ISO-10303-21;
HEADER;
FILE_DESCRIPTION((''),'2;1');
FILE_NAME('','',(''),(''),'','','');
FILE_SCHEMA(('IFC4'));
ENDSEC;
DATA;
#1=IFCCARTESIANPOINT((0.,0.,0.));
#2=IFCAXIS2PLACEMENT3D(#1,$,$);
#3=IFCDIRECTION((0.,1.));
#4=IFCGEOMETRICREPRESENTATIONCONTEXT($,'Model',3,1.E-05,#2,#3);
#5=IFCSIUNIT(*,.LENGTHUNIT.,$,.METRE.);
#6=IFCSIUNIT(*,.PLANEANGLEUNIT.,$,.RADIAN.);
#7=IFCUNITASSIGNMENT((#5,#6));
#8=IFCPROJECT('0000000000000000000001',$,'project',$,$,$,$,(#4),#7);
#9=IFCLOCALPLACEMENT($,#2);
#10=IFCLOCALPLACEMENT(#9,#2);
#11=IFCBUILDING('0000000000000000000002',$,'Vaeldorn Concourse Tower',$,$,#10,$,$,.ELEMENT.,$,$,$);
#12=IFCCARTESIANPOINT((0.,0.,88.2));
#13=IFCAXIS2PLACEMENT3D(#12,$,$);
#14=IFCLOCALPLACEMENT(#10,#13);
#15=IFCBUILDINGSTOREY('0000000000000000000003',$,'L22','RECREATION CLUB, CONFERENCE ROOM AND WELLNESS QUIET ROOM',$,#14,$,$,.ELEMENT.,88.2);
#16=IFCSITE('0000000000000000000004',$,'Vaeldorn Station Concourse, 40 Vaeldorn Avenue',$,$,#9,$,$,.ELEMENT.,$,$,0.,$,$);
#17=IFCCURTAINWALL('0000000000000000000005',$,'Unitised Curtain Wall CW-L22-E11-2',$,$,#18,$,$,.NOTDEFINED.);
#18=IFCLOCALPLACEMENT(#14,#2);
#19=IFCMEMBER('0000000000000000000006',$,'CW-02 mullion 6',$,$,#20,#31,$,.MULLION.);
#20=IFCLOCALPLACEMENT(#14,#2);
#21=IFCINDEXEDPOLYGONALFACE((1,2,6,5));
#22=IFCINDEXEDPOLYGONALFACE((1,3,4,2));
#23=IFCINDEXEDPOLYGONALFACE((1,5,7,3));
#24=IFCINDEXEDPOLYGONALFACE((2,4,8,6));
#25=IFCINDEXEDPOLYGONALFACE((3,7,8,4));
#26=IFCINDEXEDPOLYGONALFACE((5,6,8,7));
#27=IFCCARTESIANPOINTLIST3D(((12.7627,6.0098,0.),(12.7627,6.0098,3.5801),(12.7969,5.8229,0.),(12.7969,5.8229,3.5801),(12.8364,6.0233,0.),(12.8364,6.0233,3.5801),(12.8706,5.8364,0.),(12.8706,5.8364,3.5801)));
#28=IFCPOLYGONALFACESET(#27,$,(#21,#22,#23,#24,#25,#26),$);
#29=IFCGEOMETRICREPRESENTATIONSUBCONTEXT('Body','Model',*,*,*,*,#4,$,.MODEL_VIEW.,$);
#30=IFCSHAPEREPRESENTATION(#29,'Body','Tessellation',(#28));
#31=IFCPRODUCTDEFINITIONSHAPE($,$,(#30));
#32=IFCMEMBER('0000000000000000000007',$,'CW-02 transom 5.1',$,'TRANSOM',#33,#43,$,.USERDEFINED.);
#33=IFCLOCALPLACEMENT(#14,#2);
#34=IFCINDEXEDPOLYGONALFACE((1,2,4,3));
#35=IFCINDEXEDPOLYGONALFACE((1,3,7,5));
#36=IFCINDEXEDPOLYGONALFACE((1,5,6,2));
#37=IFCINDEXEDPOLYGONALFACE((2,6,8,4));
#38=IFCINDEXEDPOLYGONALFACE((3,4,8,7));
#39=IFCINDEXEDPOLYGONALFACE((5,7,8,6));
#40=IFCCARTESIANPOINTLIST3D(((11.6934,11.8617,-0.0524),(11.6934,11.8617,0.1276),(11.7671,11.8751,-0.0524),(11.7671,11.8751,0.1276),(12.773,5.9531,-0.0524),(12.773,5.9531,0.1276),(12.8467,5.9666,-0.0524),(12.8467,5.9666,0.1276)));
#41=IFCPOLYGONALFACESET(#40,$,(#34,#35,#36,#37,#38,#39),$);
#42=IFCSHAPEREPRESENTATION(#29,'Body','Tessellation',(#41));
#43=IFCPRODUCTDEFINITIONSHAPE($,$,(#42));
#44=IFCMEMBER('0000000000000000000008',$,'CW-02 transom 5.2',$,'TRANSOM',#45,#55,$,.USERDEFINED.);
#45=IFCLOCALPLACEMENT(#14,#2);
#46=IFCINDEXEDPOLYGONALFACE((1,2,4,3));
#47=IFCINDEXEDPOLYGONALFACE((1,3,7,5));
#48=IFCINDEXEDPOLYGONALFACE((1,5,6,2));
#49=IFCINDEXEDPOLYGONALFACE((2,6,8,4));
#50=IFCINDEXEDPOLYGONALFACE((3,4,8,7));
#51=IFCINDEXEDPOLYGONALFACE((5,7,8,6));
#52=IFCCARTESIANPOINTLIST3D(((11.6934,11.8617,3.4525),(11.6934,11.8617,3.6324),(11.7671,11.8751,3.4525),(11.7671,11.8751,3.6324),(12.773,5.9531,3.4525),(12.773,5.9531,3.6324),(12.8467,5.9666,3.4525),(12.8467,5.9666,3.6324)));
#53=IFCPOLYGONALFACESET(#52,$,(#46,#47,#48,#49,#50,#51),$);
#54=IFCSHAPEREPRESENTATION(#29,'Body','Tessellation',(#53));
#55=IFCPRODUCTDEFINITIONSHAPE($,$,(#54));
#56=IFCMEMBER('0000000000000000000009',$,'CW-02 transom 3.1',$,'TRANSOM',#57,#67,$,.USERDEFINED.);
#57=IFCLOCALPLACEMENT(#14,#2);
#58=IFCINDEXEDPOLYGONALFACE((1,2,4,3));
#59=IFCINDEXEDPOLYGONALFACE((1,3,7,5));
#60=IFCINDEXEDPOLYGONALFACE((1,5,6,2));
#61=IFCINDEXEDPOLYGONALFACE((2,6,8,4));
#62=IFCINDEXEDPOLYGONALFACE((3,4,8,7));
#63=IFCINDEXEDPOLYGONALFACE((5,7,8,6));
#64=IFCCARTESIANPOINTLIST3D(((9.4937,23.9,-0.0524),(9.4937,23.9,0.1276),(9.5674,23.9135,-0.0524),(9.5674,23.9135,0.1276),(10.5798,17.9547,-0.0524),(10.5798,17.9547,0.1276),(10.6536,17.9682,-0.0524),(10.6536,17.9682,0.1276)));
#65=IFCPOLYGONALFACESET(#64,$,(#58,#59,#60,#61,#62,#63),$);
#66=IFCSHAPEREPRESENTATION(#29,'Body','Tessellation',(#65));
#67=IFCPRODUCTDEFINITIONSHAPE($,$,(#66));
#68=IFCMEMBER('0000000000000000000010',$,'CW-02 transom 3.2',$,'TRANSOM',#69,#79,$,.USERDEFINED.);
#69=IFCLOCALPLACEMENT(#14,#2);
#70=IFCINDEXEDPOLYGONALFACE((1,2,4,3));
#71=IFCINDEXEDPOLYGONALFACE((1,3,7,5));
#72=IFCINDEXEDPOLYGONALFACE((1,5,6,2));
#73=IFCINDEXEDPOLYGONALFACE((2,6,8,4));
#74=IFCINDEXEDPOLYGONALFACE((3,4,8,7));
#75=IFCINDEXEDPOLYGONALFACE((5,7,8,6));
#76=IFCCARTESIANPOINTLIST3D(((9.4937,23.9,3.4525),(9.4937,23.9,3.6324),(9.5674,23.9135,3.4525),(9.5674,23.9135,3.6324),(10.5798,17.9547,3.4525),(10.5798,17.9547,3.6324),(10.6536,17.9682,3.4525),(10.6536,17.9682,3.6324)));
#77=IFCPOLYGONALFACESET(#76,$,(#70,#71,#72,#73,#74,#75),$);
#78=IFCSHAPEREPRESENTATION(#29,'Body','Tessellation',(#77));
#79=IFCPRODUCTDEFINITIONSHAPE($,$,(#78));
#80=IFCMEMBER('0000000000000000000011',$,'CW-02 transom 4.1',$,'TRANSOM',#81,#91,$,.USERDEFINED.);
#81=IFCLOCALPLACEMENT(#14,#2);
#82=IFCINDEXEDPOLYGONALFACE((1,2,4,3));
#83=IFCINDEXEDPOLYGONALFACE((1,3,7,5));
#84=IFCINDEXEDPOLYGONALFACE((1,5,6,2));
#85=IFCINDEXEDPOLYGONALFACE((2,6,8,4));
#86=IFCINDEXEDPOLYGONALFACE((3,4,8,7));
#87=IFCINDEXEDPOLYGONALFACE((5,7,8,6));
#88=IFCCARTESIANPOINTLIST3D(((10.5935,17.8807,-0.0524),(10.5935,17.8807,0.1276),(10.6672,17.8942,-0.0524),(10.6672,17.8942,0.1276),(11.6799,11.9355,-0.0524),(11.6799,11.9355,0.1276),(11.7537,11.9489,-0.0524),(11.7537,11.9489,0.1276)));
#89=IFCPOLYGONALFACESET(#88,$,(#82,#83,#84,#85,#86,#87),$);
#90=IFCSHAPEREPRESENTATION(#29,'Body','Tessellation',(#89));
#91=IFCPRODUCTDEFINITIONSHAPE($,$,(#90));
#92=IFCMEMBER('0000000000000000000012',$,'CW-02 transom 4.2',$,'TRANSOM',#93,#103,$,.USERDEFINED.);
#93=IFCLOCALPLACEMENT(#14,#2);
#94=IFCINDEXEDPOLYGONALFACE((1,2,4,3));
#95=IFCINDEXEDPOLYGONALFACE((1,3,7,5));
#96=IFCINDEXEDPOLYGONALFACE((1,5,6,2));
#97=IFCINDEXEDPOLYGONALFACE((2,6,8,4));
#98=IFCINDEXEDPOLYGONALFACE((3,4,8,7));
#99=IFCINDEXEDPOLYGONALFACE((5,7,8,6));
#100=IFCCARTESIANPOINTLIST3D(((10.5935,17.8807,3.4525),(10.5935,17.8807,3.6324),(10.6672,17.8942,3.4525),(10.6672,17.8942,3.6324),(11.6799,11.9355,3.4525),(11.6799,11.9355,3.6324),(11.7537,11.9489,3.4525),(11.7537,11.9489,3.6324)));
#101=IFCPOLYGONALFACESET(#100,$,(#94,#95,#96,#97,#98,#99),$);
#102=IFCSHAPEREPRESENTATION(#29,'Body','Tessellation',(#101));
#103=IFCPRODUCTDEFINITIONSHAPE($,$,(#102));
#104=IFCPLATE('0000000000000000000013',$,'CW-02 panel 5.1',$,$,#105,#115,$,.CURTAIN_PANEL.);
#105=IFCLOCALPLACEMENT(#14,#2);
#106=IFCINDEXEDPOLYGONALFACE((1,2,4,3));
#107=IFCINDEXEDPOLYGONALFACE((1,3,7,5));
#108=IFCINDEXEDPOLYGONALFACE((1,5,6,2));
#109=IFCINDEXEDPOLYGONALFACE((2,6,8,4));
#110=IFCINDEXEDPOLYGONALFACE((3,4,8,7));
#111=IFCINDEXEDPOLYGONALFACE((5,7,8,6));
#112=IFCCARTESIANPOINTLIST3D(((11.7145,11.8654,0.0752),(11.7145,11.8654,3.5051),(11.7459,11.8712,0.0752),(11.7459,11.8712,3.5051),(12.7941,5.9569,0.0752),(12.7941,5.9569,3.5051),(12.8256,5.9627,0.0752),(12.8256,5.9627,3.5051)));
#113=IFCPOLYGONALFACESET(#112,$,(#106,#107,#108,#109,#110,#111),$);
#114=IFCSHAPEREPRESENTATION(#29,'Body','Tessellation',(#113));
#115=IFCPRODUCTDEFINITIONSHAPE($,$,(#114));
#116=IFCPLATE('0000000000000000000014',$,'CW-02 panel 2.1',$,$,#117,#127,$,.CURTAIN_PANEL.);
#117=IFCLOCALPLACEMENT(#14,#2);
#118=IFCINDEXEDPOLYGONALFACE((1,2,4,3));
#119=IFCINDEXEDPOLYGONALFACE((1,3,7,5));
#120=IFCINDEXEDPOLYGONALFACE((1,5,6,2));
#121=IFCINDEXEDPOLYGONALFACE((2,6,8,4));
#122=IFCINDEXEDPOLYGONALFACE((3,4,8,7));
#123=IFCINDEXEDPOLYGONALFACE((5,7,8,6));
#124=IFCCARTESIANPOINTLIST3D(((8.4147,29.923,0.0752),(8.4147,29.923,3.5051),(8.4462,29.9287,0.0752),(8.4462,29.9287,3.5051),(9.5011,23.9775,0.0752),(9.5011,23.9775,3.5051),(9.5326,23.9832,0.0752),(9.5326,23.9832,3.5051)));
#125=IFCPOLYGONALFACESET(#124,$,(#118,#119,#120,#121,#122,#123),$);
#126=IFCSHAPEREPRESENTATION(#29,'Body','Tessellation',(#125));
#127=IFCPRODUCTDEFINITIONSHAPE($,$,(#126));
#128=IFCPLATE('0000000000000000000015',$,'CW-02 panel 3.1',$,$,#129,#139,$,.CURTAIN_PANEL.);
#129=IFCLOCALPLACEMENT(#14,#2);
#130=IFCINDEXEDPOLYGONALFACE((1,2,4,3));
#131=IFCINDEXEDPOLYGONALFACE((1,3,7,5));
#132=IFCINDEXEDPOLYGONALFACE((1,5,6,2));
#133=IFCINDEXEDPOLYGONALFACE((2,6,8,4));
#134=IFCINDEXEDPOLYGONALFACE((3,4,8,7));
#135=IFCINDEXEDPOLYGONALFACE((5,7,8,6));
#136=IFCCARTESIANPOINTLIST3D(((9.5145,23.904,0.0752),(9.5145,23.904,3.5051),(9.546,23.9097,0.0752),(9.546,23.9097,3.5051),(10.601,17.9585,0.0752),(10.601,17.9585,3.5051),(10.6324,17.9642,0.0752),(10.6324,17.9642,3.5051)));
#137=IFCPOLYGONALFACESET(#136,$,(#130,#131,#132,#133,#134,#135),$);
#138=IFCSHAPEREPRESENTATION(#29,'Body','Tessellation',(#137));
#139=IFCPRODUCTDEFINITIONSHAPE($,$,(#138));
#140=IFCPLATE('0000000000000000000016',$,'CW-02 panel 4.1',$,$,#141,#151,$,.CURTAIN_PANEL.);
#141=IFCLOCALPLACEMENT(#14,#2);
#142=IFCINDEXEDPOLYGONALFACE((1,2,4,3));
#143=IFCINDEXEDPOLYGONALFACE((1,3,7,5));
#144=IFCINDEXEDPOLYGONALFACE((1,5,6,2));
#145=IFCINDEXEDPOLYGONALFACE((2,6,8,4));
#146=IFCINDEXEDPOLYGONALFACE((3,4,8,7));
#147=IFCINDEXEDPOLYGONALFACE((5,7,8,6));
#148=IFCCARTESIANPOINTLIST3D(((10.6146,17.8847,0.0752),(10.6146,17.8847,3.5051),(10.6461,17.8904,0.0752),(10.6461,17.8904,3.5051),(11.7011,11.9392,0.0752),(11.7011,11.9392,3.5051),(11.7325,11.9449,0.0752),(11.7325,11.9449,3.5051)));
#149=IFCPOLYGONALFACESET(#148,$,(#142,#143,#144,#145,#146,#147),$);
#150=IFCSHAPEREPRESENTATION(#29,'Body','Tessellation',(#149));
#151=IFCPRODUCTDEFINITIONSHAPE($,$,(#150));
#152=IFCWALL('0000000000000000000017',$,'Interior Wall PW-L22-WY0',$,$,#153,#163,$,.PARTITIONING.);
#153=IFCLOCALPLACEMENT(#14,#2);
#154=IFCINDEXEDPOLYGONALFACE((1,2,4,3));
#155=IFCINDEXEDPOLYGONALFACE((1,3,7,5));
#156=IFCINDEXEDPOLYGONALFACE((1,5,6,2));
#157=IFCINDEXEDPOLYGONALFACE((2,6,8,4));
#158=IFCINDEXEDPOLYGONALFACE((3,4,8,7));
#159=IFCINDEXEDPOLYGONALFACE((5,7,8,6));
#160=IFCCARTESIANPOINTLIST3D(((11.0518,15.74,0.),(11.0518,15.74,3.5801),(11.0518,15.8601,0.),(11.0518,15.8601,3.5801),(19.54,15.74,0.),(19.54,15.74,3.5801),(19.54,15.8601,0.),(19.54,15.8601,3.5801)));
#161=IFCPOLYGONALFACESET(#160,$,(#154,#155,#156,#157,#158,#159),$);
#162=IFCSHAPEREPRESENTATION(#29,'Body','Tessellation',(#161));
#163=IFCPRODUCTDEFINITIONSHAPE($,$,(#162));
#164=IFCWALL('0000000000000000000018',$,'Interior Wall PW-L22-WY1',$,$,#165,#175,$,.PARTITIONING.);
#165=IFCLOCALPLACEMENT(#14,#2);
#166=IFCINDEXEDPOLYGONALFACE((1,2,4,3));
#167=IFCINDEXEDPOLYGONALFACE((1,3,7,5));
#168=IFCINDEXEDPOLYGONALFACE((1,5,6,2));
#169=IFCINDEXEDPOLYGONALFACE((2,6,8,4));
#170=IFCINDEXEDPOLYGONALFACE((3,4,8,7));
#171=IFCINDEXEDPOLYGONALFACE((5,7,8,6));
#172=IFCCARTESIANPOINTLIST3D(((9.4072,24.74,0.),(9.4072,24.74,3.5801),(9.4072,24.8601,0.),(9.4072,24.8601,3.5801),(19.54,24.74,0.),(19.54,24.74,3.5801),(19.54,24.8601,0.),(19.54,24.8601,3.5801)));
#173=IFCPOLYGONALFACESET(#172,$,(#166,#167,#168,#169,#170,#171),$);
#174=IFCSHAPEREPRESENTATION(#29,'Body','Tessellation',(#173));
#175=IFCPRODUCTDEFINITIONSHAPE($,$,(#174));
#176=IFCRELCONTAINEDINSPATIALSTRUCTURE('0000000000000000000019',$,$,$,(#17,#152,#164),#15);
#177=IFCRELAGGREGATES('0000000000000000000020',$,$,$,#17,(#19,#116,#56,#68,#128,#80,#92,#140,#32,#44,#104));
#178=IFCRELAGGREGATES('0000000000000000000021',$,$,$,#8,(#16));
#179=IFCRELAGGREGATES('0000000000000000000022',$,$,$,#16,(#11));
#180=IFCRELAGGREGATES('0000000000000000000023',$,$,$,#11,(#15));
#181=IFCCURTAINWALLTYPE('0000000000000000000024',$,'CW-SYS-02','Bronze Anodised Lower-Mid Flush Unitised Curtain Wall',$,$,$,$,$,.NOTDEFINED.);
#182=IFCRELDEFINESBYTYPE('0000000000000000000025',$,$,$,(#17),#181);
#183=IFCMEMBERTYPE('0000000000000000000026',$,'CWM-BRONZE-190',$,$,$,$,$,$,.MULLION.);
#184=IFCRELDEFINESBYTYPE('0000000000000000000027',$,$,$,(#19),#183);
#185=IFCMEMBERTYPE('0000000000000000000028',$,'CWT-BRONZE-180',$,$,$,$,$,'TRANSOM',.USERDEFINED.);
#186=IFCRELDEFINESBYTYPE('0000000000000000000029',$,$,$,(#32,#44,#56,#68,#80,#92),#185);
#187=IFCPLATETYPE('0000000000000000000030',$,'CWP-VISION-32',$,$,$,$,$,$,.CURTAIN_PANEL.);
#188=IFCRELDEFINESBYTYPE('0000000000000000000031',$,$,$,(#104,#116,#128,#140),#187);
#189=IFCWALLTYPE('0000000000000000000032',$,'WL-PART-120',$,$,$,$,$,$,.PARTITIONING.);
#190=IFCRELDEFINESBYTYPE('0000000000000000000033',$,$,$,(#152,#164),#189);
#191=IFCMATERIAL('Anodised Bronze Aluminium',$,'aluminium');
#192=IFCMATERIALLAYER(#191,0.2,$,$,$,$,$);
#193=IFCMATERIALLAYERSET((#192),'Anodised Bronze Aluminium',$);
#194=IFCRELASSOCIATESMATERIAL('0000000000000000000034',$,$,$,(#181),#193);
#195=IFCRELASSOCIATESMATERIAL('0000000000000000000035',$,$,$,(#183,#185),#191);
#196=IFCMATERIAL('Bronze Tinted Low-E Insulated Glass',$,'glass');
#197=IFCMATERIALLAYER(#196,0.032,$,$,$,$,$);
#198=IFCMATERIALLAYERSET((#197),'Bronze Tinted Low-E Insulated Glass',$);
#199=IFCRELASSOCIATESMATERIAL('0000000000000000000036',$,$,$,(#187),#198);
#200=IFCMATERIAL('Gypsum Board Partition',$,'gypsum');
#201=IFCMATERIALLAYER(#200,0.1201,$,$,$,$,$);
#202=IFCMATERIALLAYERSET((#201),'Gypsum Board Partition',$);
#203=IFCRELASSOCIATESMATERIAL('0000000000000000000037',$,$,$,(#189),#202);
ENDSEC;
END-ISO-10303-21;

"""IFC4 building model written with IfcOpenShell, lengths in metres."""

from ifc_helpers import new_model, si_unit, direction, frame, frame_2d, origin, origin_2d, place, context, subcontext, project, spatial, rectangle, extrude, source, transform, mapped, material, layer, layer_set, material_profile, profile_set, type_object, element, aggregate, save


model = new_model("IFC4")

# Units and contexts
model_context = context("Model", 3, precision=1e-05, world=origin(), true_north=direction((0.0, 1.0)))
body_context = subcontext(model_context, "Body", "Model", "MODEL_VIEW")
ifc_project = project(units=[si_unit("LENGTHUNIT", "METRE"), si_unit("PLANEANGLEUNIT", "RADIAN")], contexts=[model_context])

# Site, building, storey
site_placement = place(None, origin())
site = spatial("IfcSite", under=ifc_project, at=site_placement, Name="Vaeldorn Station Concourse, 40 Vaeldorn Avenue", CompositionType="ELEMENT", RefElevation=0.0)
building_placement = place(site_placement, origin())
building = spatial("IfcBuilding", under=site, at=building_placement, Name="Vaeldorn Concourse Tower", CompositionType="ELEMENT")
storey_placement = place(building_placement, frame((0.0, 0.0, 88.2)))
storey = spatial("IfcBuildingStorey", under=building, at=storey_placement, Name="L22", Description="RECREATION CLUB, CONFERENCE ROOM AND WELLNESS QUIET ROOM", CompositionType="ELEMENT", Elevation=88.2)

# Curtain wall, members, plates
ifc_material_1 = material(Name="Anodised Bronze Aluminium", Category="aluminium")
ifc_layer_1 = layer(ifc_material_1, 0.2)
ifc_layer_set_1 = layer_set([ifc_layer_1], Name="Anodised Bronze Aluminium")
curtain_wall_type = type_object("IfcCurtainWallType", Name="CW-SYS-02", Description="Bronze Anodised Lower-Mid Flush Unitised Curtain Wall", PredefinedType="NOTDEFINED", material=ifc_layer_set_1)
curtain_wall_placement = place(storey_placement, origin())
curtain_wall = element("IfcCurtainWall", 1, at=curtain_wall_placement, inside=storey, type_object=curtain_wall_type, Name="Unitised Curtain Wall CW-L22-E11-2", PredefinedType="NOTDEFINED")
ifc_material_profile_1 = material_profile(ifc_material_1, rectangle(XDim=0.075, YDim=0.1899, at=origin_2d()), Name="CWM 75x190")
ifc_profile_set_1 = profile_set([ifc_material_profile_1], Name="Anodised Bronze Aluminium")
member_type_1 = type_object("IfcMemberType", Name="CWM-BRONZE-190", PredefinedType="MULLION", material=ifc_profile_set_1)
shared_shape_1 = source(origin(), body_context, "Body", "SweptSolid", [
    extrude(rectangle(XDim=0.075, YDim=0.1899, at=origin_2d()), origin(), (0.0, 0.0, 1.0), 3.5801),
])
member_1_placement = place(storey_placement, frame((12.8167, 5.9231, 0.0), z_axis=(0.0, 0.0, 1.0), x_axis=(0.983712, 0.179753, 0.0)))
member_1 = element("IfcMember", 2, at=member_1_placement, type_object=member_type_1, Name="CW-02 mullion 6", PredefinedType="MULLION", context=body_context, shape_type="MappedRepresentation", body=[
    mapped(shared_shape_1, transform((0.0, 0.0, 0.0), scale=1.0)),
])
ifc_material_profile_2 = material_profile(ifc_material_1, rectangle(XDim=0.075, YDim=0.1799, at=origin_2d()), Name="CWT 75x180")
ifc_profile_set_2 = profile_set([ifc_material_profile_2], Name="Anodised Bronze Aluminium")
member_type_2 = type_object("IfcMemberType", Name="CWT-BRONZE-180", ElementType="TRANSOM", PredefinedType="USERDEFINED", material=ifc_profile_set_2)
shared_shape_2 = source(origin(), body_context, "Body", "SweptSolid", [
    extrude(rectangle(XDim=0.075, YDim=0.1799, at=origin_2d()), origin(), (0.0, 0.0, 1.0), 6.0063),
])
member_2_placement = place(storey_placement, frame((11.7302, 11.8684, 0.0376), z_axis=(0.179744, -0.983713, 0.0), x_axis=(0.983713, 0.179744, 0.0)))
member_2 = element("IfcMember", 3, at=member_2_placement, type_object=member_type_2, Name="CW-02 transom 5.1", ObjectType="TRANSOM", PredefinedType="USERDEFINED", context=body_context, shape_type="MappedRepresentation", body=[
    mapped(shared_shape_2, transform((0.0, 0.0, 0.0), scale=1.0)),
])
member_3_placement = place(storey_placement, frame((11.7302, 11.8684, 3.5425), z_axis=(0.179744, -0.983713, 0.0), x_axis=(0.983713, 0.179744, 0.0)))
member_3 = element("IfcMember", 4, at=member_3_placement, type_object=member_type_2, Name="CW-02 transom 5.2", ObjectType="TRANSOM", PredefinedType="USERDEFINED", context=body_context, shape_type="MappedRepresentation", body=[
    mapped(shared_shape_2, transform((0.0, 0.0, 0.0), scale=1.0)),
])
shared_shape_3 = source(origin(), body_context, "Body", "SweptSolid", [
    extrude(rectangle(XDim=0.075, YDim=0.1799, at=origin_2d()), origin(), (0.0, 0.0, 1.0), 6.0437),
])
member_4_placement = place(storey_placement, frame((9.5305, 23.9067, 0.0376), z_axis=(0.179721, -0.983718, 0.0), x_axis=(0.983718, 0.179721, 0.0)))
member_4 = element("IfcMember", 5, at=member_4_placement, type_object=member_type_2, Name="CW-02 transom 3.1", ObjectType="TRANSOM", PredefinedType="USERDEFINED", context=body_context, shape_type="MappedRepresentation", body=[
    mapped(shared_shape_3, transform((0.0, 0.0, 0.0), scale=1.0)),
])
member_5_placement = place(storey_placement, frame((9.5305, 23.9067, 3.5425), z_axis=(0.179721, -0.983718, 0.0), x_axis=(0.983718, 0.179721, 0.0)))
member_5 = element("IfcMember", 6, at=member_5_placement, type_object=member_type_2, Name="CW-02 transom 3.2", ObjectType="TRANSOM", PredefinedType="USERDEFINED", context=body_context, shape_type="MappedRepresentation", body=[
    mapped(shared_shape_3, transform((0.0, 0.0, 0.0), scale=1.0)),
])
member_6_placement = place(storey_placement, frame((10.6304, 17.8875, 0.0376), z_axis=(0.17976, -0.983711, 0.0), x_axis=(0.983711, 0.17976, 0.0)))
member_6 = element("IfcMember", 7, at=member_6_placement, type_object=member_type_2, Name="CW-02 transom 4.1", ObjectType="TRANSOM", PredefinedType="USERDEFINED", context=body_context, shape_type="MappedRepresentation", body=[
    mapped(shared_shape_3, transform((0.0, 0.0, 0.0), scale=1.0)),
])
member_7_placement = place(storey_placement, frame((10.6304, 17.8875, 3.5425), z_axis=(0.17976, -0.983711, 0.0), x_axis=(0.983711, 0.17976, 0.0)))
member_7 = element("IfcMember", 8, at=member_7_placement, type_object=member_type_2, Name="CW-02 transom 4.2", ObjectType="TRANSOM", PredefinedType="USERDEFINED", context=body_context, shape_type="MappedRepresentation", body=[
    mapped(shared_shape_3, transform((0.0, 0.0, 0.0), scale=1.0)),
])
ifc_material_2 = material(Name="Bronze Tinted Low-E Insulated Glass", Category="glass")
ifc_layer_2 = layer(ifc_material_2, 0.032)
ifc_layer_set_2 = layer_set([ifc_layer_2], Name="Bronze Tinted Low-E Insulated Glass")
plate_type = type_object("IfcPlateType", Name="CWP-VISION-32", PredefinedType="CURTAIN_PANEL", material=ifc_layer_set_2)
shared_shape_4 = source(origin(), body_context, "Body", "SweptSolid", [
    extrude(rectangle(XDim=6.0063, YDim=0.032, at=origin_2d()), origin(), (0.0, 0.0, 1.0), 3.4299),
])
plate_1_placement = place(storey_placement, frame((12.27, 8.9141, 0.0752), z_axis=(0.0, 0.0, 1.0), x_axis=(0.179753, -0.983712, 0.0)))
plate_1 = element("IfcPlate", 9, at=plate_1_placement, type_object=plate_type, Name="CW-02 panel 5.1", PredefinedType="CURTAIN_PANEL", context=body_context, shape_type="MappedRepresentation", body=[
    mapped(shared_shape_4, transform((0.0, 0.0, 0.0), scale=1.0)),
])
shared_shape_5 = source(origin(), body_context, "Body", "SweptSolid", [
    extrude(rectangle(XDim=6.0439, YDim=0.032, at=origin_2d()), origin(), (0.0, 0.0, 1.0), 3.4299),
])
plate_2_placement = place(storey_placement, frame((8.9736, 26.9531, 0.0752), z_axis=(0.0, 0.0, 1.0), x_axis=(0.179753, -0.983712, 0.0)))
plate_2 = element("IfcPlate", 10, at=plate_2_placement, type_object=plate_type, Name="CW-02 panel 2.1", PredefinedType="CURTAIN_PANEL", context=body_context, shape_type="MappedRepresentation", body=[
    mapped(shared_shape_5, transform((0.0, 0.0, 0.0), scale=1.0)),
])
plate_3_placement = place(storey_placement, frame((10.0735, 20.9341, 0.0752), z_axis=(0.0, 0.0, 1.0), x_axis=(0.179753, -0.983712, 0.0)))
plate_3 = element("IfcPlate", 11, at=plate_3_placement, type_object=plate_type, Name="CW-02 panel 3.1", PredefinedType="CURTAIN_PANEL", context=body_context, shape_type="MappedRepresentation", body=[
    mapped(shared_shape_5, transform((0.0, 0.0, 0.0), scale=1.0)),
])
plate_4_placement = place(storey_placement, frame((11.1736, 14.9148, 0.0752), z_axis=(0.0, 0.0, 1.0), x_axis=(0.179753, -0.983712, 0.0)))
plate_4 = element("IfcPlate", 12, at=plate_4_placement, type_object=plate_type, Name="CW-02 panel 4.1", PredefinedType="CURTAIN_PANEL", context=body_context, shape_type="MappedRepresentation", body=[
    mapped(shared_shape_5, transform((0.0, 0.0, 0.0), scale=1.0)),
])
aggregate(curtain_wall, [member_1, plate_2, member_4, member_5, plate_3, member_6, member_7, plate_4, member_2, member_3, plate_1])

# Walls
ifc_material_3 = material(Name="Gypsum Board Partition", Category="gypsum")
ifc_layer_3 = layer(ifc_material_3, 0.1201)
ifc_layer_set_3 = layer_set([ifc_layer_3], Name="Gypsum Board Partition")
wall_type = type_object("IfcWallType", Name="WL-PART-120", PredefinedType="PARTITIONING", material=ifc_layer_set_3)
wall_1_placement = place(storey_placement, frame((11.0518, 15.8, 0.0), z_axis=(0.0, 0.0, 1.0), x_axis=(1.0, 0.0, 0.0)))
element("IfcWall", 13, at=wall_1_placement, inside=storey, type_object=wall_type, Name="Interior Wall PW-L22-WY0", PredefinedType="PARTITIONING", context=body_context, shape_type="SweptSolid", body=[
    extrude(rectangle(XDim=8.4883, YDim=0.1201, at=frame_2d((4.2441, 0.0))), origin(), (0.0, 0.0, 1.0), 3.5801),
])
wall_2_placement = place(storey_placement, frame((9.4072, 24.8, 0.0), z_axis=(0.0, 0.0, 1.0), x_axis=(1.0, 0.0, 0.0)))
element("IfcWall", 14, at=wall_2_placement, inside=storey, type_object=wall_type, Name="Interior Wall PW-L22-WY1", PredefinedType="PARTITIONING", context=body_context, shape_type="SweptSolid", body=[
    extrude(rectangle(XDim=10.1328, YDim=0.1201, at=frame_2d((5.0664, 0.0))), origin(), (0.0, 0.0, 1.0), 3.5801),
])

save(model, "model.ifc")
